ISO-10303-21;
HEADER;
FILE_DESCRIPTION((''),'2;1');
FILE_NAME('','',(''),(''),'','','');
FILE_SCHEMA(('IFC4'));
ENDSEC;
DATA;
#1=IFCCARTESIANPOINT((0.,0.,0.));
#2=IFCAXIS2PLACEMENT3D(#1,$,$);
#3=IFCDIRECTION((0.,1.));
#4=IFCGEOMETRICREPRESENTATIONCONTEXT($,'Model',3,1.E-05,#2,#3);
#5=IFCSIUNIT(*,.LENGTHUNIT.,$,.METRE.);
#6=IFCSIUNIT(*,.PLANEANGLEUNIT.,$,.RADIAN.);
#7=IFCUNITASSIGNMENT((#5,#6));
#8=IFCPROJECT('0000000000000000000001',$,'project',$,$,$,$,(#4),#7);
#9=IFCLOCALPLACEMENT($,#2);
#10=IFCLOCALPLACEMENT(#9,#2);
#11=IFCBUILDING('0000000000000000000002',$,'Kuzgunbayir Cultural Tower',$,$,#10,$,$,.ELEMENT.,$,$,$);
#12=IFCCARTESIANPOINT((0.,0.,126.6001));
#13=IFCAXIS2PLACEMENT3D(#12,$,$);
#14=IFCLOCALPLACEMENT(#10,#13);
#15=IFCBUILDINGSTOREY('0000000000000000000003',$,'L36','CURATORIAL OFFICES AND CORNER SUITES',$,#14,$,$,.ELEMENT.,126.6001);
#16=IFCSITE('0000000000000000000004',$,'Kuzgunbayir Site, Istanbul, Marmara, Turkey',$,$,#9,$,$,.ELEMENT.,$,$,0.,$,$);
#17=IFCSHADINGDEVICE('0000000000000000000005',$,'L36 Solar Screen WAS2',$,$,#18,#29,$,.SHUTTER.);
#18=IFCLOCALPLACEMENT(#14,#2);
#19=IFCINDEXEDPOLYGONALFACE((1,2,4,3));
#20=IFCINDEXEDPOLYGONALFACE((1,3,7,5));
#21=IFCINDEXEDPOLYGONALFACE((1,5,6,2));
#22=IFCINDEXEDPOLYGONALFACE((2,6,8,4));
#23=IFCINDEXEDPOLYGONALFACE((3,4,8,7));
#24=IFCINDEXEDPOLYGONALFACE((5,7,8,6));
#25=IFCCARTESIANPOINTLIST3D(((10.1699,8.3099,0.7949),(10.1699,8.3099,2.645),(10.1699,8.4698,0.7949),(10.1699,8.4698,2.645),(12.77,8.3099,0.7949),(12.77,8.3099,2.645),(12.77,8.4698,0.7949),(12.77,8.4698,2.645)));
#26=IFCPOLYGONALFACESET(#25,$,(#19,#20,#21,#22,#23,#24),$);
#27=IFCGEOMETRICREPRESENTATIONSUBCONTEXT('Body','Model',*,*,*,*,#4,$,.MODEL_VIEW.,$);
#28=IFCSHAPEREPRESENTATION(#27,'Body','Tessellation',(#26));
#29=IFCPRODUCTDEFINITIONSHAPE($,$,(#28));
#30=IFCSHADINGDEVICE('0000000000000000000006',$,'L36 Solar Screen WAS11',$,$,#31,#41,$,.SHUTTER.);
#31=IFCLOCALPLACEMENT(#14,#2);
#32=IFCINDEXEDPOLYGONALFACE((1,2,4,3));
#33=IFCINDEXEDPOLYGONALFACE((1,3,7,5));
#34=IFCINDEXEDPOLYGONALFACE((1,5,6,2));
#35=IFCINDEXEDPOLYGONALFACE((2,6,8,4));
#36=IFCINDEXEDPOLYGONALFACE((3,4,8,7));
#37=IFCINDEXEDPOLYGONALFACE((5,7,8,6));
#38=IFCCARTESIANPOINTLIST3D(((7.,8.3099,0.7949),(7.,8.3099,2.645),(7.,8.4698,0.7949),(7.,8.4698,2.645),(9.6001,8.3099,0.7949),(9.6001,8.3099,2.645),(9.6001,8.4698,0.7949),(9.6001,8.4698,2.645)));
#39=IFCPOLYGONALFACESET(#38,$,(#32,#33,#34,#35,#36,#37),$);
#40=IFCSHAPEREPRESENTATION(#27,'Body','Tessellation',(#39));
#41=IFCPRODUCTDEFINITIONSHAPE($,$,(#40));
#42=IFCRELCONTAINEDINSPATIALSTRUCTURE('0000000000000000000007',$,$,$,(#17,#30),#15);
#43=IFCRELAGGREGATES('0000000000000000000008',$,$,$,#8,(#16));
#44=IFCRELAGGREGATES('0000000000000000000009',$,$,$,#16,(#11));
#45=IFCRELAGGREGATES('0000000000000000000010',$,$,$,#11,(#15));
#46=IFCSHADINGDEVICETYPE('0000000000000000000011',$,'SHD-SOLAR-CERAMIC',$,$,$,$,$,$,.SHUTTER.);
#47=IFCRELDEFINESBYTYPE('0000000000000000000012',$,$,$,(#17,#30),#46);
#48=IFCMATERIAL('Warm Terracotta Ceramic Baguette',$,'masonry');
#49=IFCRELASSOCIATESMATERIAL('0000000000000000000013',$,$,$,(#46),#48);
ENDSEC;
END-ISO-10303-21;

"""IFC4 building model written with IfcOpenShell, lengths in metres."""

from ifc_helpers import new_model, si_unit, direction, frame, origin, origin_2d, place, context, subcontext, project, spatial, rectangle, extrude, material, type_object, element, save


model = new_model("IFC4")

# Units and contexts
model_context = context("Model", 3, precision=1e-05, world=origin(), true_north=direction((0.0, 1.0)))
body_context = subcontext(model_context, "Body", "Model", "MODEL_VIEW")
ifc_project = project(units=[si_unit("LENGTHUNIT", "METRE"), si_unit("PLANEANGLEUNIT", "RADIAN")], contexts=[model_context])

# Site, building, storey
site_placement = place(None, origin())
site = spatial("IfcSite", under=ifc_project, at=site_placement, Name="Kuzgunbayir Site, Istanbul, Marmara, Turkey", CompositionType="ELEMENT", RefElevation=0.0)
building_placement = place(site_placement, origin())
building = spatial("IfcBuilding", under=site, at=building_placement, Name="Kuzgunbayir Cultural Tower", CompositionType="ELEMENT")
storey_placement = place(building_placement, frame((0.0, 0.0, 126.6001)))
storey = spatial("IfcBuildingStorey", under=building, at=storey_placement, Name="L36", Description="CURATORIAL OFFICES AND CORNER SUITES", CompositionType="ELEMENT", Elevation=126.6001)

# Shading devices
ifc_material_1 = material(Name="Warm Terracotta Ceramic Baguette", Category="masonry")
shading_device_type = type_object("IfcShadingDeviceType", Name="SHD-SOLAR-CERAMIC", PredefinedType="SHUTTER", material=ifc_material_1)
for number, where, z_axis, x_axis, name in (
    (1, (11.47, 8.3899, 0.7949), (0.0, 0.0, 1.0), (1.0, 0.0, 0.0), "L36 Solar Screen WAS2"),
    (2, (8.3, 8.3899, 0.7949), (0.0, 0.0, 1.0), (1.0, 0.0, 0.0), "L36 Solar Screen WAS11"),
):
    element("IfcShadingDevice", number, at=place(storey_placement, frame(where, z_axis=z_axis, x_axis=x_axis)), inside=storey, type_object=shading_device_type, Name=name, PredefinedType="SHUTTER", context=body_context, shape_type="SweptSolid", body=[
        extrude(rectangle(XDim=2.6001, YDim=0.1599, at=origin_2d()), origin(), (0.0, 0.0, 1.0), 1.8501),
    ])

save(model, "model.ifc")
